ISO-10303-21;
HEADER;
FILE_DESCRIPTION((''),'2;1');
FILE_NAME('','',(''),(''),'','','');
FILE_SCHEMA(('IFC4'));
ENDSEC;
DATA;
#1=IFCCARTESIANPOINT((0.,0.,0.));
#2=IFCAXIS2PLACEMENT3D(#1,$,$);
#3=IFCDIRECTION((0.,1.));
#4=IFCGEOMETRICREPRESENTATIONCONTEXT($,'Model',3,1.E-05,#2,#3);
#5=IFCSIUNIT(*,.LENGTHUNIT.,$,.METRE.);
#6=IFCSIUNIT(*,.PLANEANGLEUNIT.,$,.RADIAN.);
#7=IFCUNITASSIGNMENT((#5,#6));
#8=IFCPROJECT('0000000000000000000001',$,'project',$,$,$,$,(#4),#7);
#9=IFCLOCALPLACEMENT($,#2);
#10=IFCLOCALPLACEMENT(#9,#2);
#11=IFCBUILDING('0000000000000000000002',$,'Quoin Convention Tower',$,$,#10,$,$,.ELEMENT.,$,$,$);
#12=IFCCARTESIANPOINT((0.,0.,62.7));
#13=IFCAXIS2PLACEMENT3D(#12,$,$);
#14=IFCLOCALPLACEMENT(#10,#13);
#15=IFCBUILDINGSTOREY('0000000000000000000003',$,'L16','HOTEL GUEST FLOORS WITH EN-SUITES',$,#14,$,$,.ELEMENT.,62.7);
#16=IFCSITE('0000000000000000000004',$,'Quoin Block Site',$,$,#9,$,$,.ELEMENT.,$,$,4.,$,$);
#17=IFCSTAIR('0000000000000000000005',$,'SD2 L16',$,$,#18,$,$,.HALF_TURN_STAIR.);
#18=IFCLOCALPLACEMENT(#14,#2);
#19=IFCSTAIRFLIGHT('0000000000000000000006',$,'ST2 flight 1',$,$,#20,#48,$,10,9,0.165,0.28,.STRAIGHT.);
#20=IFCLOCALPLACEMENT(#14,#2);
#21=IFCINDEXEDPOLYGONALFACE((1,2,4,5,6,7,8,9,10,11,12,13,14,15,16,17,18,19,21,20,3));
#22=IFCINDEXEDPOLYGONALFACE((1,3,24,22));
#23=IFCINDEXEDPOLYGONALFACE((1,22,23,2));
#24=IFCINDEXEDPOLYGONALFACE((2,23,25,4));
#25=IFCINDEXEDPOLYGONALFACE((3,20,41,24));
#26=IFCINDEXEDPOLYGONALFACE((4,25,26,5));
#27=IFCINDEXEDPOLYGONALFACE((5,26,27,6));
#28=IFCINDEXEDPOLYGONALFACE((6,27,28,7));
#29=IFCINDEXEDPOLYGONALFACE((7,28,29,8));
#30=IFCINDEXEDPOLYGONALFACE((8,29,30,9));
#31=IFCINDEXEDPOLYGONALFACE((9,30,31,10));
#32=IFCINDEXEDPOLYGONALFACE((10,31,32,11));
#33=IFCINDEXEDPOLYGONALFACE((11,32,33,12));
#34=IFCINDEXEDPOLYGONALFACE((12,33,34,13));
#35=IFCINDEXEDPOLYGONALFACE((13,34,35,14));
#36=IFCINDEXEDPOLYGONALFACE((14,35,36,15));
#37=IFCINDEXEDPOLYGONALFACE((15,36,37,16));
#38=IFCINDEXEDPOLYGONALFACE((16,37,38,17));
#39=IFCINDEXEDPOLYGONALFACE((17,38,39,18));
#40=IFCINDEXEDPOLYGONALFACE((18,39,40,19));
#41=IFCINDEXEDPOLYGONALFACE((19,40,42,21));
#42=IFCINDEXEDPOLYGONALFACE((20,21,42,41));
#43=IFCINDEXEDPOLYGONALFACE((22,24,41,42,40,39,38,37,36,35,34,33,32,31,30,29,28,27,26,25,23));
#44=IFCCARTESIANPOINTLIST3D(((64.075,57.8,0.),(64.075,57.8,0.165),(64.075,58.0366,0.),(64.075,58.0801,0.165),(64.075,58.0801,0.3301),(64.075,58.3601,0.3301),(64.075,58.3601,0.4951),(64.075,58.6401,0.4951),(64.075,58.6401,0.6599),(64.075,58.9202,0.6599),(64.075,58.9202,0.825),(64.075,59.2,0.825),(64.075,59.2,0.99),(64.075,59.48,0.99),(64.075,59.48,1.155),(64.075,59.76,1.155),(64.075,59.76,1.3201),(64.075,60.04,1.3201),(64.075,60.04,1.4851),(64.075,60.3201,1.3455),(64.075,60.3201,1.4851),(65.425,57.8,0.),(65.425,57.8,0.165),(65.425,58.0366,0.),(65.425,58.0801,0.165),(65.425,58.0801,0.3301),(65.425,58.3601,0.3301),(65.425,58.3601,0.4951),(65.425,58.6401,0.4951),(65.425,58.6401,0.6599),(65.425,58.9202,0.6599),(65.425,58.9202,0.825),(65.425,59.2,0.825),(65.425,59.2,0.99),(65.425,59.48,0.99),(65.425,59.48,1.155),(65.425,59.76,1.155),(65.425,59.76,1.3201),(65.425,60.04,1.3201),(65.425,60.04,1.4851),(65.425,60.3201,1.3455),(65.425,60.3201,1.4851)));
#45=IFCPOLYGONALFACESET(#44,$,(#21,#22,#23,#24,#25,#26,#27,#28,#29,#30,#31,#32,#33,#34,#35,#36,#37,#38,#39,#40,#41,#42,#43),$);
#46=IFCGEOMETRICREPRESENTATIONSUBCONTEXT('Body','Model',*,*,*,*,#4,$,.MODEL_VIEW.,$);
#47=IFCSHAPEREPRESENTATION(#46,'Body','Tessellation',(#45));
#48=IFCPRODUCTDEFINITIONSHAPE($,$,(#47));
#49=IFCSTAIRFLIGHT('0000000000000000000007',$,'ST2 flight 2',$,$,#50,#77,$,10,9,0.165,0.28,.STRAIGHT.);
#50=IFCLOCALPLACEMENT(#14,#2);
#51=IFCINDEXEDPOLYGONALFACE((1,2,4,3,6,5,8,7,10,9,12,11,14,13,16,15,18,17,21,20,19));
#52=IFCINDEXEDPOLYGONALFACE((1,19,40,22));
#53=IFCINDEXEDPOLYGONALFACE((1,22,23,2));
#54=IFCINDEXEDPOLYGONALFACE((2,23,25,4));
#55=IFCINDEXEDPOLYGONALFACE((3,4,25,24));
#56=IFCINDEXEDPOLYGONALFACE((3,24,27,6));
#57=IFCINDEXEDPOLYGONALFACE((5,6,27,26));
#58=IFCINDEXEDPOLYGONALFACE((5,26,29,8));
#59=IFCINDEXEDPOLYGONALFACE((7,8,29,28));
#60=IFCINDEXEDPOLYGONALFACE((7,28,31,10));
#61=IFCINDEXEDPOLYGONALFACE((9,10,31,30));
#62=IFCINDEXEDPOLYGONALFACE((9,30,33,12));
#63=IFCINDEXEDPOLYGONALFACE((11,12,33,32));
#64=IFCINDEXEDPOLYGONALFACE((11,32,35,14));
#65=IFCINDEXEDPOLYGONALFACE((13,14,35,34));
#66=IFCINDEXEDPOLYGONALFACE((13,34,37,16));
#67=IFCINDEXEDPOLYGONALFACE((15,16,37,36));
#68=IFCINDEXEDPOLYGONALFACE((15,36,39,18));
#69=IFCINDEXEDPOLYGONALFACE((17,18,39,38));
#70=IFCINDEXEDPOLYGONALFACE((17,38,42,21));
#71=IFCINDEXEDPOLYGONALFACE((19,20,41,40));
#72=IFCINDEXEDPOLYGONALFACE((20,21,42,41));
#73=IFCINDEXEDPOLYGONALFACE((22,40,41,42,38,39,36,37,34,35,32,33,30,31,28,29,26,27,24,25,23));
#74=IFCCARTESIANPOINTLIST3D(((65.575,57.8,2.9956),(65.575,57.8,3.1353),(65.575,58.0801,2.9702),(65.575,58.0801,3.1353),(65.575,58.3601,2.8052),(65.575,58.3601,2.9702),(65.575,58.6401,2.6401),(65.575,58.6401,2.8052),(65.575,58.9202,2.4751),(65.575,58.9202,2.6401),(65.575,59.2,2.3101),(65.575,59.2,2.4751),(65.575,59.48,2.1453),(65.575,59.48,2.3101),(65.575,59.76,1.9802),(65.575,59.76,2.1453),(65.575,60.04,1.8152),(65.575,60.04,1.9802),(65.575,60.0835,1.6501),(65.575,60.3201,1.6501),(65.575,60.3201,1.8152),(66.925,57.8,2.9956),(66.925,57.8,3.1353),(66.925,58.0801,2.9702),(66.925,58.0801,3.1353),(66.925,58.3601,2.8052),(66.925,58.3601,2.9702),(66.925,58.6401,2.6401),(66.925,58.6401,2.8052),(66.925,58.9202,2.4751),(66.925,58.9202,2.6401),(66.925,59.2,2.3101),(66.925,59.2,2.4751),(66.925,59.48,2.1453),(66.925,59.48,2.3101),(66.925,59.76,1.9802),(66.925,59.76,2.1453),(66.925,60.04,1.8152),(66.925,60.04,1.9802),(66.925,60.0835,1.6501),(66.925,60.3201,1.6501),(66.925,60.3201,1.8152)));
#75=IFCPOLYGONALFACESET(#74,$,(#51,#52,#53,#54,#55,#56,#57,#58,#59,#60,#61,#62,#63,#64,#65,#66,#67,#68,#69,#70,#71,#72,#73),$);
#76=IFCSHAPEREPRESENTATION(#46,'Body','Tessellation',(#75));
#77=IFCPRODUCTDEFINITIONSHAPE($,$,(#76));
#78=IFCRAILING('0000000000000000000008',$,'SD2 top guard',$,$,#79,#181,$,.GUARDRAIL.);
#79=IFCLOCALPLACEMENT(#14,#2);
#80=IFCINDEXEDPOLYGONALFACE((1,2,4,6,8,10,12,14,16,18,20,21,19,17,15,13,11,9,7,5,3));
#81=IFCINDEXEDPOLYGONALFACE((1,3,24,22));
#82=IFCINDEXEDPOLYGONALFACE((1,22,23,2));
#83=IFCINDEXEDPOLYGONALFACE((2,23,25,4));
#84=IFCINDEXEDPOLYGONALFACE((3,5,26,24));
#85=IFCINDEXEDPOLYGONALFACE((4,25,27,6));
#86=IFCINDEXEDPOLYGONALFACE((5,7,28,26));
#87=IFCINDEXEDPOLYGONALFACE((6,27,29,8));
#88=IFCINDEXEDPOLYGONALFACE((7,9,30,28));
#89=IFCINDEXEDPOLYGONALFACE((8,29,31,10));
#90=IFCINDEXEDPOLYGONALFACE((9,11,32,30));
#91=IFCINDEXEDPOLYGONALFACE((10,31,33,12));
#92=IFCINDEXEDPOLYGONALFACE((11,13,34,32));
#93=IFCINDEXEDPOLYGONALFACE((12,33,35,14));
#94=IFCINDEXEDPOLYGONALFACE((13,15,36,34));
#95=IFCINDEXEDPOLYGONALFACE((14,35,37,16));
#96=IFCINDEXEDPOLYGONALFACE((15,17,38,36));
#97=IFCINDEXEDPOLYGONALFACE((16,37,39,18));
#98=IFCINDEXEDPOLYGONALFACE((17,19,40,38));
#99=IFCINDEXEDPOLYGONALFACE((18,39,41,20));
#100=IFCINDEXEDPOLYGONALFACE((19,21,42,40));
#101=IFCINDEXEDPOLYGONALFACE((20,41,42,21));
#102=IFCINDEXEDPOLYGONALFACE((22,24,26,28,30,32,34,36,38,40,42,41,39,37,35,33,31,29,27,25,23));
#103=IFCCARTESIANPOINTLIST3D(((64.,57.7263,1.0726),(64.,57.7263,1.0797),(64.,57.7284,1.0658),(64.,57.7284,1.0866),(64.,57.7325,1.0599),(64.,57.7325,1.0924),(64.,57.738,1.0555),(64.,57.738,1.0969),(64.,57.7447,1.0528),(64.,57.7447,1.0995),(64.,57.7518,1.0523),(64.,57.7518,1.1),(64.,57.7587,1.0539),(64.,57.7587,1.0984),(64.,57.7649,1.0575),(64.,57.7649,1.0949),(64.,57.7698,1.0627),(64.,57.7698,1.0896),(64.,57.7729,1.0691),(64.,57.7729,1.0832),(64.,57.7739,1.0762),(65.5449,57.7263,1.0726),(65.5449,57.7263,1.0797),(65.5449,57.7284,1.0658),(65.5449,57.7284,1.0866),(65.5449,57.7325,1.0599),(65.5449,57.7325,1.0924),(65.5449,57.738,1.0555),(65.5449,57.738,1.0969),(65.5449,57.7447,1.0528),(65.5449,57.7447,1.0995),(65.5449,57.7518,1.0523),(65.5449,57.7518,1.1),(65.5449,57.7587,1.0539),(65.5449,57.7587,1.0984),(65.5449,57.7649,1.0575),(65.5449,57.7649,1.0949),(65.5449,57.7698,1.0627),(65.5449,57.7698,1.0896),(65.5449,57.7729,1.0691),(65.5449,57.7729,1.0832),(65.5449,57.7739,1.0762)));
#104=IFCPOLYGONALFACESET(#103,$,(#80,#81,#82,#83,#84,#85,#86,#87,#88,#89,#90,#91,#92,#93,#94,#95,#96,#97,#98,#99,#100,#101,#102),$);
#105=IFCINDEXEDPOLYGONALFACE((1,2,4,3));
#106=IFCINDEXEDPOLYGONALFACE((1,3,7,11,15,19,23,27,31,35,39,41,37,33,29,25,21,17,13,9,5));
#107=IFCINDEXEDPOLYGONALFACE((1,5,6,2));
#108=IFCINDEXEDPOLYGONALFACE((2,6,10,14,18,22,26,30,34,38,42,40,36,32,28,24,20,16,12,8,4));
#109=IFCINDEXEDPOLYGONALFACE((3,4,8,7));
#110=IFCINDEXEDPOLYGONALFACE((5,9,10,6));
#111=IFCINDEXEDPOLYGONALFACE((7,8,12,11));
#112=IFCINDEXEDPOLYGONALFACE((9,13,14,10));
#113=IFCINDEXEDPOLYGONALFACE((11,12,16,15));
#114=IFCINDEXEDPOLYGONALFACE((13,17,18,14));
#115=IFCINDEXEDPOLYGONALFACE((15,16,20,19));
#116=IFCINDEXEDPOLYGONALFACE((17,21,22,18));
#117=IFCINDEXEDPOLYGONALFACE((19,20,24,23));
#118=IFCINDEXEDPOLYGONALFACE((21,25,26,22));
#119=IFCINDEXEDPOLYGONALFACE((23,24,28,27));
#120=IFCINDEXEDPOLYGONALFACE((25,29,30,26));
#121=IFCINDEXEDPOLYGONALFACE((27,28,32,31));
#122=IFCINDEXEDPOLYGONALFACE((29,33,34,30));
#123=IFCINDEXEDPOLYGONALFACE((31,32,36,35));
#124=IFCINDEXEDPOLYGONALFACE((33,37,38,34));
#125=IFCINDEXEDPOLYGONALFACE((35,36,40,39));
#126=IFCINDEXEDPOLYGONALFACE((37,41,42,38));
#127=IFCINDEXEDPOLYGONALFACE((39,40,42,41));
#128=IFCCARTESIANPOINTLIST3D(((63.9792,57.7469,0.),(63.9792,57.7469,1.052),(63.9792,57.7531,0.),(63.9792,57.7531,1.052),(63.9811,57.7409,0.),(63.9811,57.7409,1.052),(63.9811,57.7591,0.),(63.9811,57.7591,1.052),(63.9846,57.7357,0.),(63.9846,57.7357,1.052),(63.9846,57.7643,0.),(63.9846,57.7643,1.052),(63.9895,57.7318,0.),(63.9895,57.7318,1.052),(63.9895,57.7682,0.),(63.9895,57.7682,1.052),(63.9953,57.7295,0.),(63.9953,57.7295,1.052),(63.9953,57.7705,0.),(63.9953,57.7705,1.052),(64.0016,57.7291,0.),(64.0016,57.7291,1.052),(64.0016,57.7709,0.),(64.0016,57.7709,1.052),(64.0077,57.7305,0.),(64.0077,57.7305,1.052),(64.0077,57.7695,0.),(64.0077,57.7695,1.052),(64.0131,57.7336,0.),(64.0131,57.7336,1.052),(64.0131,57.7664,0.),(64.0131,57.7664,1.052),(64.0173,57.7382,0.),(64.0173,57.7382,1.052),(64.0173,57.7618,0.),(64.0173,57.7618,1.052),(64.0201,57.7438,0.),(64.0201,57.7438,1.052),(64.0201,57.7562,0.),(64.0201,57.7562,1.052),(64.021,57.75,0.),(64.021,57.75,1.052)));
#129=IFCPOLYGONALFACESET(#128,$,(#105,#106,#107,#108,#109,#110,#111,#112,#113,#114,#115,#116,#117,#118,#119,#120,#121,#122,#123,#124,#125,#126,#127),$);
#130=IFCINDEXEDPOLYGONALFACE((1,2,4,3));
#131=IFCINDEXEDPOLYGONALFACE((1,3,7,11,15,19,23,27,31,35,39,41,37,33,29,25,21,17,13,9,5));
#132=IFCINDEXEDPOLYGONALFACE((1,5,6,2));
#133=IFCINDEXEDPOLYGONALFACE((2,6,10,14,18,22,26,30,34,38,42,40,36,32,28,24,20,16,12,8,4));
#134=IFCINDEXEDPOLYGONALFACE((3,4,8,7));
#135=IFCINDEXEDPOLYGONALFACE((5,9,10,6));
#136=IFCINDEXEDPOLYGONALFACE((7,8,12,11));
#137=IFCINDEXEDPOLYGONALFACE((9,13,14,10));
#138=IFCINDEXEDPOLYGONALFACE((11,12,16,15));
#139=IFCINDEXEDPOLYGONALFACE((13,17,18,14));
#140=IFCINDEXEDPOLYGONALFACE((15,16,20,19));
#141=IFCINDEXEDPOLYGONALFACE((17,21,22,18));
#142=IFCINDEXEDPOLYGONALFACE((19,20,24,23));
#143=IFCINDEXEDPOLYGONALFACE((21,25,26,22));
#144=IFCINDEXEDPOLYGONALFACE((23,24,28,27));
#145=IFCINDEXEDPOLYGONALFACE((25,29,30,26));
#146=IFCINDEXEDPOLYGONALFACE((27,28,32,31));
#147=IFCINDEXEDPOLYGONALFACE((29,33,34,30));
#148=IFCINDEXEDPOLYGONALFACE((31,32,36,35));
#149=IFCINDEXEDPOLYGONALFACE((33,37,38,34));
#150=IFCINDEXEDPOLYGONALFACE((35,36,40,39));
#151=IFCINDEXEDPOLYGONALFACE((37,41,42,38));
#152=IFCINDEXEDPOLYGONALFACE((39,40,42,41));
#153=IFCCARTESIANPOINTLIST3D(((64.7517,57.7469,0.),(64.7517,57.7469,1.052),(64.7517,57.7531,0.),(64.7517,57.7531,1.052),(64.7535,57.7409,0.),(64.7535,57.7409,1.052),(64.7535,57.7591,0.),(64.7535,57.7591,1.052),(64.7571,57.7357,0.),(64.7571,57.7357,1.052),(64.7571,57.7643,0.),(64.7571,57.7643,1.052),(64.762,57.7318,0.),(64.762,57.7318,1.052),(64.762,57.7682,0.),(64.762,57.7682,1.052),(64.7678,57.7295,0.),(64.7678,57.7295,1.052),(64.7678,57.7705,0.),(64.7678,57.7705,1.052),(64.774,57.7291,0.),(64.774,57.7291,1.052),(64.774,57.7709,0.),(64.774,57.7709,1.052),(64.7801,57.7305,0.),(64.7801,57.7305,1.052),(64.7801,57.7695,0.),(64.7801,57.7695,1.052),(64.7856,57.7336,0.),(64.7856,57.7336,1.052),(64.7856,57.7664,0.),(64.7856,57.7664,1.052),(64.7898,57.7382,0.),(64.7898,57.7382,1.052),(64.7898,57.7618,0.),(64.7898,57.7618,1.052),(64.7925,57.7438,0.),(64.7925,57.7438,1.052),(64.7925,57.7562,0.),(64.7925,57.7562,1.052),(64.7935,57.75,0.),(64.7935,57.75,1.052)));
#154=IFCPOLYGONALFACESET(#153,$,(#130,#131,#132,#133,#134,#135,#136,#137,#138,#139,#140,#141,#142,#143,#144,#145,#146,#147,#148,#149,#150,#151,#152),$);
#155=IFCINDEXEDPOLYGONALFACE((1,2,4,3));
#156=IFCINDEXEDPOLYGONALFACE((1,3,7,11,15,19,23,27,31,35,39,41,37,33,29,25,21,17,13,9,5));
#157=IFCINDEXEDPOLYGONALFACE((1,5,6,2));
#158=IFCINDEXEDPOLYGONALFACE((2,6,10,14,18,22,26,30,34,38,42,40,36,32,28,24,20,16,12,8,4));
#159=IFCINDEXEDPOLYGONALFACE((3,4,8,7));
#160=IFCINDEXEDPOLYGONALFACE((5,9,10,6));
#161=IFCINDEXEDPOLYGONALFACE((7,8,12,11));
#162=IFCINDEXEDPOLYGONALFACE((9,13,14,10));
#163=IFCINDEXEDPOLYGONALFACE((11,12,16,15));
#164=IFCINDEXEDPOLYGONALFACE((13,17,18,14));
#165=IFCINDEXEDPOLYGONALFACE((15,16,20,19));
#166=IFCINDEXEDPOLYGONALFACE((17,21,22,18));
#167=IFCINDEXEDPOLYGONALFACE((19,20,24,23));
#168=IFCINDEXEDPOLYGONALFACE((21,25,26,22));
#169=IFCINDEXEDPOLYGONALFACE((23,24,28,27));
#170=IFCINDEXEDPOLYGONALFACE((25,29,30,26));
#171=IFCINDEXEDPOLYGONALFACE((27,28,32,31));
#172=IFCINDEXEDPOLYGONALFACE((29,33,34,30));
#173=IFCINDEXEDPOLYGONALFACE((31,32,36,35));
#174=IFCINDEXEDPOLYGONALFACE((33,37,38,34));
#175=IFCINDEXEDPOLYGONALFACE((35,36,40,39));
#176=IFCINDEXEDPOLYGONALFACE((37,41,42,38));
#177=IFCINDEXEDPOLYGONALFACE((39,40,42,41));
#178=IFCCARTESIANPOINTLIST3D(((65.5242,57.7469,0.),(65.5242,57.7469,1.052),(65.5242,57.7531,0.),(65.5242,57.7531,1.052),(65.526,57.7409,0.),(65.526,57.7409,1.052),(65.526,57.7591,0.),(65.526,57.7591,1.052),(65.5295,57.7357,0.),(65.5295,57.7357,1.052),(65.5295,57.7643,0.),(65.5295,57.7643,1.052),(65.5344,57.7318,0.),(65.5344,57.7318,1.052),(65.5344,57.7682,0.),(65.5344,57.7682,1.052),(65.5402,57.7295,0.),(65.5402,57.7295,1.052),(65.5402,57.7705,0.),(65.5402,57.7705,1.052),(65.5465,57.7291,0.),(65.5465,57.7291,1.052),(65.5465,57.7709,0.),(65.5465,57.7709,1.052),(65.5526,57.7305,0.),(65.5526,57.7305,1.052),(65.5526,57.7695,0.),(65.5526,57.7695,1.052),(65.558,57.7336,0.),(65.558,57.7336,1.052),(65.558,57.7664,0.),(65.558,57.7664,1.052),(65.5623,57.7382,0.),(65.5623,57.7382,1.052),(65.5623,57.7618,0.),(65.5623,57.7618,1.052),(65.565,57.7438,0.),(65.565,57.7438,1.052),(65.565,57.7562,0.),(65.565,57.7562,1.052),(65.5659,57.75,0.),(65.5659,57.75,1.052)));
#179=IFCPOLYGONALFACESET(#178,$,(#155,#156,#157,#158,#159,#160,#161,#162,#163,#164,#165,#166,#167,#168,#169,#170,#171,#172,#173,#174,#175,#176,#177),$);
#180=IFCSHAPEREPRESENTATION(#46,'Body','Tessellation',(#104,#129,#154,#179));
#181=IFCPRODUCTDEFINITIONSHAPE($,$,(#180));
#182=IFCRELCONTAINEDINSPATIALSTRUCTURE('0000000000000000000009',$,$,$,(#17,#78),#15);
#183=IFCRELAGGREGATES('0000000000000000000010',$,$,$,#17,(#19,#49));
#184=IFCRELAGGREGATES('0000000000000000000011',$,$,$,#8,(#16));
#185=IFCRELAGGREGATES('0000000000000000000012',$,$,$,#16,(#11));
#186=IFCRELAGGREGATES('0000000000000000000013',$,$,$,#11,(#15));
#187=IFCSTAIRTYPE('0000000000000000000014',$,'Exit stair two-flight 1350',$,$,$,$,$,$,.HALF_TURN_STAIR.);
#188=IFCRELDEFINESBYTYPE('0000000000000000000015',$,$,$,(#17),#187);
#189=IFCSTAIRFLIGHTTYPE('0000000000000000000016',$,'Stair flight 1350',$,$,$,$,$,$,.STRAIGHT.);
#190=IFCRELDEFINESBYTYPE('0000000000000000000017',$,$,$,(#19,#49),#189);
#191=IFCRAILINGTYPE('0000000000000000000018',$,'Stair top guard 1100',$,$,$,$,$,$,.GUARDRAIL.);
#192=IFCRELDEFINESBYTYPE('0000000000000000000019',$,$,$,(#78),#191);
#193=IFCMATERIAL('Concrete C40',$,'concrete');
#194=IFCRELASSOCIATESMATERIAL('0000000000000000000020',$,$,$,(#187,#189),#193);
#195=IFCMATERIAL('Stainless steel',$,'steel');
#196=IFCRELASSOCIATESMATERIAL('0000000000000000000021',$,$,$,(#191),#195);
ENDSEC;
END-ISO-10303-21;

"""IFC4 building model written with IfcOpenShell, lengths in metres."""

from ifc_helpers import new_model, si_unit, direction, frame, origin, origin_2d, place, context, subcontext, project, spatial, polyline, circle, outline, extrude, material, type_object, element, aggregate, save


model = new_model("IFC4")

# Units and contexts
model_context = context("Model", 3, precision=1e-05, world=origin(), true_north=direction((0.0, 1.0)))
body_context = subcontext(model_context, "Body", "Model", "MODEL_VIEW")
ifc_project = project(units=[si_unit("LENGTHUNIT", "METRE"), si_unit("PLANEANGLEUNIT", "RADIAN")], contexts=[model_context])

# Site, building, storey
site_placement = place(None, origin())
site = spatial("IfcSite", under=ifc_project, at=site_placement, Name="Quoin Block Site", CompositionType="ELEMENT", RefElevation=4.0)
building_placement = place(site_placement, origin())
building = spatial("IfcBuilding", under=site, at=building_placement, Name="Quoin Convention Tower", CompositionType="ELEMENT")
storey_placement = place(building_placement, frame((0.0, 0.0, 62.7)))
storey = spatial("IfcBuildingStorey", under=building, at=storey_placement, Name="L16", Description="HOTEL GUEST FLOORS WITH EN-SUITES", CompositionType="ELEMENT", Elevation=62.7)

# Stair, stair flights
ifc_material_1 = material(Name="Concrete C40", Category="concrete")
stair_type = type_object("IfcStairType", Name="Exit stair two-flight 1350", PredefinedType="HALF_TURN_STAIR", material=ifc_material_1)
stair_placement = place(storey_placement, origin())
stair = element("IfcStair", 1, at=stair_placement, inside=storey, type_object=stair_type, Name="SD2 L16", PredefinedType="HALF_TURN_STAIR")
stair_flight_type = type_object("IfcStairFlightType", Name="Stair flight 1350", PredefinedType="STRAIGHT", material=ifc_material_1)
stair_flight_1_placement = place(storey_placement, frame((64.75, 57.8, 0.0), z_axis=(0.0, 0.0, 1.0), x_axis=(0.0, 1.0, 0.0)))
stair_flight_1 = element("IfcStairFlight", 2, at=stair_flight_1_placement, type_object=stair_flight_type, Name="ST2 flight 1", NumberOfRisers=10, NumberOfTreads=9, PredefinedType="STRAIGHT", RiserHeight=0.165, TreadLength=0.28, context=body_context, shape_type="SweptSolid", body=[
    extrude(outline(polyline([(0.0, 0.0), (0.0, 0.165), (0.28, 0.165), (0.28, 0.3301), (0.5601, 0.3301), (0.5601, 0.4951), (0.8401, 0.4951), (0.8401, 0.6599), (1.1201, 0.6599), (1.1201, 0.825), (1.3999, 0.825), (1.3999, 0.99), (1.6799, 0.99), (1.6799, 1.155), (1.96, 1.155), (1.96, 1.3201), (2.24, 1.3201), (2.24, 1.4851), (2.52, 1.4851), (2.52, 1.6499), (2.52, 1.3455), (0.2366, 0.0), (0.0, 0.0)])), frame((0.0, 0.675, 0.0), z_axis=(0.0, -1.0, 0.0), x_axis=(1.0, 0.0, 0.0)), (0.0, 0.0, 1.0), 1.3501),
])
stair_flight_2_placement = place(storey_placement, frame((66.25, 60.3201, 1.6501), z_axis=(0.0, 0.0, 1.0), x_axis=(0.0, -1.0, 0.0)))
stair_flight_2 = element("IfcStairFlight", 3, at=stair_flight_2_placement, type_object=stair_flight_type, Name="ST2 flight 2", NumberOfRisers=10, NumberOfTreads=9, PredefinedType="STRAIGHT", RiserHeight=0.165, TreadLength=0.28, context=body_context, shape_type="SweptSolid", body=[
    extrude(outline(polyline([(0.0, 0.0), (0.0, 0.165), (0.28, 0.165), (0.28, 0.3301), (0.5601, 0.3301), (0.5601, 0.4951), (0.8401, 0.4951), (0.8401, 0.6599), (1.1201, 0.6599), (1.1201, 0.825), (1.3999, 0.825), (1.3999, 0.99), (1.6799, 0.99), (1.6799, 1.155), (1.96, 1.155), (1.96, 1.3201), (2.24, 1.3201), (2.24, 1.4851), (2.52, 1.4851), (2.52, 1.6499), (2.52, 1.3455), (0.2366, 0.0), (0.0, 0.0)])), frame((0.0, 0.675, 0.0), z_axis=(0.0, -1.0, 0.0), x_axis=(1.0, 0.0, 0.0)), (0.0, 0.0, 1.0), 1.3501),
])
aggregate(stair, [stair_flight_1, stair_flight_2])

# Railing
ifc_material_2 = material(Name="Stainless steel", Category="steel")
railing_type_1 = type_object("IfcRailingType", Name="Stair top guard 1100", PredefinedType="GUARDRAIL", material=ifc_material_2)
railing_1_placement = place(storey_placement, frame((64.0, 57.75, 0.0)))
element("IfcRailing", 4, at=railing_1_placement, inside=storey, type_object=railing_type_1, Name="SD2 top guard", PredefinedType="GUARDRAIL", context=body_context, shape_type="SweptSolid", body=[
    extrude(circle(Radius=0.0239, at=origin_2d()), frame((0.0, 0.0, 1.0762), z_axis=(1.0, 0.0, 0.0), x_axis=(0.0, 1.0, 0.0)), (0.0, 0.0, 1.0), 1.5449),
    extrude(circle(Radius=0.021, at=origin_2d()), origin(), (0.0, 0.0, 1.0), 1.052),
    extrude(circle(Radius=0.021, at=origin_2d()), frame((0.7725, 0.0, 0.0)), (0.0, 0.0, 1.0), 1.052),
    extrude(circle(Radius=0.021, at=origin_2d()), frame((1.5449, 0.0, 0.0)), (0.0, 0.0, 1.0), 1.052),
])

save(model, "model.ifc")
